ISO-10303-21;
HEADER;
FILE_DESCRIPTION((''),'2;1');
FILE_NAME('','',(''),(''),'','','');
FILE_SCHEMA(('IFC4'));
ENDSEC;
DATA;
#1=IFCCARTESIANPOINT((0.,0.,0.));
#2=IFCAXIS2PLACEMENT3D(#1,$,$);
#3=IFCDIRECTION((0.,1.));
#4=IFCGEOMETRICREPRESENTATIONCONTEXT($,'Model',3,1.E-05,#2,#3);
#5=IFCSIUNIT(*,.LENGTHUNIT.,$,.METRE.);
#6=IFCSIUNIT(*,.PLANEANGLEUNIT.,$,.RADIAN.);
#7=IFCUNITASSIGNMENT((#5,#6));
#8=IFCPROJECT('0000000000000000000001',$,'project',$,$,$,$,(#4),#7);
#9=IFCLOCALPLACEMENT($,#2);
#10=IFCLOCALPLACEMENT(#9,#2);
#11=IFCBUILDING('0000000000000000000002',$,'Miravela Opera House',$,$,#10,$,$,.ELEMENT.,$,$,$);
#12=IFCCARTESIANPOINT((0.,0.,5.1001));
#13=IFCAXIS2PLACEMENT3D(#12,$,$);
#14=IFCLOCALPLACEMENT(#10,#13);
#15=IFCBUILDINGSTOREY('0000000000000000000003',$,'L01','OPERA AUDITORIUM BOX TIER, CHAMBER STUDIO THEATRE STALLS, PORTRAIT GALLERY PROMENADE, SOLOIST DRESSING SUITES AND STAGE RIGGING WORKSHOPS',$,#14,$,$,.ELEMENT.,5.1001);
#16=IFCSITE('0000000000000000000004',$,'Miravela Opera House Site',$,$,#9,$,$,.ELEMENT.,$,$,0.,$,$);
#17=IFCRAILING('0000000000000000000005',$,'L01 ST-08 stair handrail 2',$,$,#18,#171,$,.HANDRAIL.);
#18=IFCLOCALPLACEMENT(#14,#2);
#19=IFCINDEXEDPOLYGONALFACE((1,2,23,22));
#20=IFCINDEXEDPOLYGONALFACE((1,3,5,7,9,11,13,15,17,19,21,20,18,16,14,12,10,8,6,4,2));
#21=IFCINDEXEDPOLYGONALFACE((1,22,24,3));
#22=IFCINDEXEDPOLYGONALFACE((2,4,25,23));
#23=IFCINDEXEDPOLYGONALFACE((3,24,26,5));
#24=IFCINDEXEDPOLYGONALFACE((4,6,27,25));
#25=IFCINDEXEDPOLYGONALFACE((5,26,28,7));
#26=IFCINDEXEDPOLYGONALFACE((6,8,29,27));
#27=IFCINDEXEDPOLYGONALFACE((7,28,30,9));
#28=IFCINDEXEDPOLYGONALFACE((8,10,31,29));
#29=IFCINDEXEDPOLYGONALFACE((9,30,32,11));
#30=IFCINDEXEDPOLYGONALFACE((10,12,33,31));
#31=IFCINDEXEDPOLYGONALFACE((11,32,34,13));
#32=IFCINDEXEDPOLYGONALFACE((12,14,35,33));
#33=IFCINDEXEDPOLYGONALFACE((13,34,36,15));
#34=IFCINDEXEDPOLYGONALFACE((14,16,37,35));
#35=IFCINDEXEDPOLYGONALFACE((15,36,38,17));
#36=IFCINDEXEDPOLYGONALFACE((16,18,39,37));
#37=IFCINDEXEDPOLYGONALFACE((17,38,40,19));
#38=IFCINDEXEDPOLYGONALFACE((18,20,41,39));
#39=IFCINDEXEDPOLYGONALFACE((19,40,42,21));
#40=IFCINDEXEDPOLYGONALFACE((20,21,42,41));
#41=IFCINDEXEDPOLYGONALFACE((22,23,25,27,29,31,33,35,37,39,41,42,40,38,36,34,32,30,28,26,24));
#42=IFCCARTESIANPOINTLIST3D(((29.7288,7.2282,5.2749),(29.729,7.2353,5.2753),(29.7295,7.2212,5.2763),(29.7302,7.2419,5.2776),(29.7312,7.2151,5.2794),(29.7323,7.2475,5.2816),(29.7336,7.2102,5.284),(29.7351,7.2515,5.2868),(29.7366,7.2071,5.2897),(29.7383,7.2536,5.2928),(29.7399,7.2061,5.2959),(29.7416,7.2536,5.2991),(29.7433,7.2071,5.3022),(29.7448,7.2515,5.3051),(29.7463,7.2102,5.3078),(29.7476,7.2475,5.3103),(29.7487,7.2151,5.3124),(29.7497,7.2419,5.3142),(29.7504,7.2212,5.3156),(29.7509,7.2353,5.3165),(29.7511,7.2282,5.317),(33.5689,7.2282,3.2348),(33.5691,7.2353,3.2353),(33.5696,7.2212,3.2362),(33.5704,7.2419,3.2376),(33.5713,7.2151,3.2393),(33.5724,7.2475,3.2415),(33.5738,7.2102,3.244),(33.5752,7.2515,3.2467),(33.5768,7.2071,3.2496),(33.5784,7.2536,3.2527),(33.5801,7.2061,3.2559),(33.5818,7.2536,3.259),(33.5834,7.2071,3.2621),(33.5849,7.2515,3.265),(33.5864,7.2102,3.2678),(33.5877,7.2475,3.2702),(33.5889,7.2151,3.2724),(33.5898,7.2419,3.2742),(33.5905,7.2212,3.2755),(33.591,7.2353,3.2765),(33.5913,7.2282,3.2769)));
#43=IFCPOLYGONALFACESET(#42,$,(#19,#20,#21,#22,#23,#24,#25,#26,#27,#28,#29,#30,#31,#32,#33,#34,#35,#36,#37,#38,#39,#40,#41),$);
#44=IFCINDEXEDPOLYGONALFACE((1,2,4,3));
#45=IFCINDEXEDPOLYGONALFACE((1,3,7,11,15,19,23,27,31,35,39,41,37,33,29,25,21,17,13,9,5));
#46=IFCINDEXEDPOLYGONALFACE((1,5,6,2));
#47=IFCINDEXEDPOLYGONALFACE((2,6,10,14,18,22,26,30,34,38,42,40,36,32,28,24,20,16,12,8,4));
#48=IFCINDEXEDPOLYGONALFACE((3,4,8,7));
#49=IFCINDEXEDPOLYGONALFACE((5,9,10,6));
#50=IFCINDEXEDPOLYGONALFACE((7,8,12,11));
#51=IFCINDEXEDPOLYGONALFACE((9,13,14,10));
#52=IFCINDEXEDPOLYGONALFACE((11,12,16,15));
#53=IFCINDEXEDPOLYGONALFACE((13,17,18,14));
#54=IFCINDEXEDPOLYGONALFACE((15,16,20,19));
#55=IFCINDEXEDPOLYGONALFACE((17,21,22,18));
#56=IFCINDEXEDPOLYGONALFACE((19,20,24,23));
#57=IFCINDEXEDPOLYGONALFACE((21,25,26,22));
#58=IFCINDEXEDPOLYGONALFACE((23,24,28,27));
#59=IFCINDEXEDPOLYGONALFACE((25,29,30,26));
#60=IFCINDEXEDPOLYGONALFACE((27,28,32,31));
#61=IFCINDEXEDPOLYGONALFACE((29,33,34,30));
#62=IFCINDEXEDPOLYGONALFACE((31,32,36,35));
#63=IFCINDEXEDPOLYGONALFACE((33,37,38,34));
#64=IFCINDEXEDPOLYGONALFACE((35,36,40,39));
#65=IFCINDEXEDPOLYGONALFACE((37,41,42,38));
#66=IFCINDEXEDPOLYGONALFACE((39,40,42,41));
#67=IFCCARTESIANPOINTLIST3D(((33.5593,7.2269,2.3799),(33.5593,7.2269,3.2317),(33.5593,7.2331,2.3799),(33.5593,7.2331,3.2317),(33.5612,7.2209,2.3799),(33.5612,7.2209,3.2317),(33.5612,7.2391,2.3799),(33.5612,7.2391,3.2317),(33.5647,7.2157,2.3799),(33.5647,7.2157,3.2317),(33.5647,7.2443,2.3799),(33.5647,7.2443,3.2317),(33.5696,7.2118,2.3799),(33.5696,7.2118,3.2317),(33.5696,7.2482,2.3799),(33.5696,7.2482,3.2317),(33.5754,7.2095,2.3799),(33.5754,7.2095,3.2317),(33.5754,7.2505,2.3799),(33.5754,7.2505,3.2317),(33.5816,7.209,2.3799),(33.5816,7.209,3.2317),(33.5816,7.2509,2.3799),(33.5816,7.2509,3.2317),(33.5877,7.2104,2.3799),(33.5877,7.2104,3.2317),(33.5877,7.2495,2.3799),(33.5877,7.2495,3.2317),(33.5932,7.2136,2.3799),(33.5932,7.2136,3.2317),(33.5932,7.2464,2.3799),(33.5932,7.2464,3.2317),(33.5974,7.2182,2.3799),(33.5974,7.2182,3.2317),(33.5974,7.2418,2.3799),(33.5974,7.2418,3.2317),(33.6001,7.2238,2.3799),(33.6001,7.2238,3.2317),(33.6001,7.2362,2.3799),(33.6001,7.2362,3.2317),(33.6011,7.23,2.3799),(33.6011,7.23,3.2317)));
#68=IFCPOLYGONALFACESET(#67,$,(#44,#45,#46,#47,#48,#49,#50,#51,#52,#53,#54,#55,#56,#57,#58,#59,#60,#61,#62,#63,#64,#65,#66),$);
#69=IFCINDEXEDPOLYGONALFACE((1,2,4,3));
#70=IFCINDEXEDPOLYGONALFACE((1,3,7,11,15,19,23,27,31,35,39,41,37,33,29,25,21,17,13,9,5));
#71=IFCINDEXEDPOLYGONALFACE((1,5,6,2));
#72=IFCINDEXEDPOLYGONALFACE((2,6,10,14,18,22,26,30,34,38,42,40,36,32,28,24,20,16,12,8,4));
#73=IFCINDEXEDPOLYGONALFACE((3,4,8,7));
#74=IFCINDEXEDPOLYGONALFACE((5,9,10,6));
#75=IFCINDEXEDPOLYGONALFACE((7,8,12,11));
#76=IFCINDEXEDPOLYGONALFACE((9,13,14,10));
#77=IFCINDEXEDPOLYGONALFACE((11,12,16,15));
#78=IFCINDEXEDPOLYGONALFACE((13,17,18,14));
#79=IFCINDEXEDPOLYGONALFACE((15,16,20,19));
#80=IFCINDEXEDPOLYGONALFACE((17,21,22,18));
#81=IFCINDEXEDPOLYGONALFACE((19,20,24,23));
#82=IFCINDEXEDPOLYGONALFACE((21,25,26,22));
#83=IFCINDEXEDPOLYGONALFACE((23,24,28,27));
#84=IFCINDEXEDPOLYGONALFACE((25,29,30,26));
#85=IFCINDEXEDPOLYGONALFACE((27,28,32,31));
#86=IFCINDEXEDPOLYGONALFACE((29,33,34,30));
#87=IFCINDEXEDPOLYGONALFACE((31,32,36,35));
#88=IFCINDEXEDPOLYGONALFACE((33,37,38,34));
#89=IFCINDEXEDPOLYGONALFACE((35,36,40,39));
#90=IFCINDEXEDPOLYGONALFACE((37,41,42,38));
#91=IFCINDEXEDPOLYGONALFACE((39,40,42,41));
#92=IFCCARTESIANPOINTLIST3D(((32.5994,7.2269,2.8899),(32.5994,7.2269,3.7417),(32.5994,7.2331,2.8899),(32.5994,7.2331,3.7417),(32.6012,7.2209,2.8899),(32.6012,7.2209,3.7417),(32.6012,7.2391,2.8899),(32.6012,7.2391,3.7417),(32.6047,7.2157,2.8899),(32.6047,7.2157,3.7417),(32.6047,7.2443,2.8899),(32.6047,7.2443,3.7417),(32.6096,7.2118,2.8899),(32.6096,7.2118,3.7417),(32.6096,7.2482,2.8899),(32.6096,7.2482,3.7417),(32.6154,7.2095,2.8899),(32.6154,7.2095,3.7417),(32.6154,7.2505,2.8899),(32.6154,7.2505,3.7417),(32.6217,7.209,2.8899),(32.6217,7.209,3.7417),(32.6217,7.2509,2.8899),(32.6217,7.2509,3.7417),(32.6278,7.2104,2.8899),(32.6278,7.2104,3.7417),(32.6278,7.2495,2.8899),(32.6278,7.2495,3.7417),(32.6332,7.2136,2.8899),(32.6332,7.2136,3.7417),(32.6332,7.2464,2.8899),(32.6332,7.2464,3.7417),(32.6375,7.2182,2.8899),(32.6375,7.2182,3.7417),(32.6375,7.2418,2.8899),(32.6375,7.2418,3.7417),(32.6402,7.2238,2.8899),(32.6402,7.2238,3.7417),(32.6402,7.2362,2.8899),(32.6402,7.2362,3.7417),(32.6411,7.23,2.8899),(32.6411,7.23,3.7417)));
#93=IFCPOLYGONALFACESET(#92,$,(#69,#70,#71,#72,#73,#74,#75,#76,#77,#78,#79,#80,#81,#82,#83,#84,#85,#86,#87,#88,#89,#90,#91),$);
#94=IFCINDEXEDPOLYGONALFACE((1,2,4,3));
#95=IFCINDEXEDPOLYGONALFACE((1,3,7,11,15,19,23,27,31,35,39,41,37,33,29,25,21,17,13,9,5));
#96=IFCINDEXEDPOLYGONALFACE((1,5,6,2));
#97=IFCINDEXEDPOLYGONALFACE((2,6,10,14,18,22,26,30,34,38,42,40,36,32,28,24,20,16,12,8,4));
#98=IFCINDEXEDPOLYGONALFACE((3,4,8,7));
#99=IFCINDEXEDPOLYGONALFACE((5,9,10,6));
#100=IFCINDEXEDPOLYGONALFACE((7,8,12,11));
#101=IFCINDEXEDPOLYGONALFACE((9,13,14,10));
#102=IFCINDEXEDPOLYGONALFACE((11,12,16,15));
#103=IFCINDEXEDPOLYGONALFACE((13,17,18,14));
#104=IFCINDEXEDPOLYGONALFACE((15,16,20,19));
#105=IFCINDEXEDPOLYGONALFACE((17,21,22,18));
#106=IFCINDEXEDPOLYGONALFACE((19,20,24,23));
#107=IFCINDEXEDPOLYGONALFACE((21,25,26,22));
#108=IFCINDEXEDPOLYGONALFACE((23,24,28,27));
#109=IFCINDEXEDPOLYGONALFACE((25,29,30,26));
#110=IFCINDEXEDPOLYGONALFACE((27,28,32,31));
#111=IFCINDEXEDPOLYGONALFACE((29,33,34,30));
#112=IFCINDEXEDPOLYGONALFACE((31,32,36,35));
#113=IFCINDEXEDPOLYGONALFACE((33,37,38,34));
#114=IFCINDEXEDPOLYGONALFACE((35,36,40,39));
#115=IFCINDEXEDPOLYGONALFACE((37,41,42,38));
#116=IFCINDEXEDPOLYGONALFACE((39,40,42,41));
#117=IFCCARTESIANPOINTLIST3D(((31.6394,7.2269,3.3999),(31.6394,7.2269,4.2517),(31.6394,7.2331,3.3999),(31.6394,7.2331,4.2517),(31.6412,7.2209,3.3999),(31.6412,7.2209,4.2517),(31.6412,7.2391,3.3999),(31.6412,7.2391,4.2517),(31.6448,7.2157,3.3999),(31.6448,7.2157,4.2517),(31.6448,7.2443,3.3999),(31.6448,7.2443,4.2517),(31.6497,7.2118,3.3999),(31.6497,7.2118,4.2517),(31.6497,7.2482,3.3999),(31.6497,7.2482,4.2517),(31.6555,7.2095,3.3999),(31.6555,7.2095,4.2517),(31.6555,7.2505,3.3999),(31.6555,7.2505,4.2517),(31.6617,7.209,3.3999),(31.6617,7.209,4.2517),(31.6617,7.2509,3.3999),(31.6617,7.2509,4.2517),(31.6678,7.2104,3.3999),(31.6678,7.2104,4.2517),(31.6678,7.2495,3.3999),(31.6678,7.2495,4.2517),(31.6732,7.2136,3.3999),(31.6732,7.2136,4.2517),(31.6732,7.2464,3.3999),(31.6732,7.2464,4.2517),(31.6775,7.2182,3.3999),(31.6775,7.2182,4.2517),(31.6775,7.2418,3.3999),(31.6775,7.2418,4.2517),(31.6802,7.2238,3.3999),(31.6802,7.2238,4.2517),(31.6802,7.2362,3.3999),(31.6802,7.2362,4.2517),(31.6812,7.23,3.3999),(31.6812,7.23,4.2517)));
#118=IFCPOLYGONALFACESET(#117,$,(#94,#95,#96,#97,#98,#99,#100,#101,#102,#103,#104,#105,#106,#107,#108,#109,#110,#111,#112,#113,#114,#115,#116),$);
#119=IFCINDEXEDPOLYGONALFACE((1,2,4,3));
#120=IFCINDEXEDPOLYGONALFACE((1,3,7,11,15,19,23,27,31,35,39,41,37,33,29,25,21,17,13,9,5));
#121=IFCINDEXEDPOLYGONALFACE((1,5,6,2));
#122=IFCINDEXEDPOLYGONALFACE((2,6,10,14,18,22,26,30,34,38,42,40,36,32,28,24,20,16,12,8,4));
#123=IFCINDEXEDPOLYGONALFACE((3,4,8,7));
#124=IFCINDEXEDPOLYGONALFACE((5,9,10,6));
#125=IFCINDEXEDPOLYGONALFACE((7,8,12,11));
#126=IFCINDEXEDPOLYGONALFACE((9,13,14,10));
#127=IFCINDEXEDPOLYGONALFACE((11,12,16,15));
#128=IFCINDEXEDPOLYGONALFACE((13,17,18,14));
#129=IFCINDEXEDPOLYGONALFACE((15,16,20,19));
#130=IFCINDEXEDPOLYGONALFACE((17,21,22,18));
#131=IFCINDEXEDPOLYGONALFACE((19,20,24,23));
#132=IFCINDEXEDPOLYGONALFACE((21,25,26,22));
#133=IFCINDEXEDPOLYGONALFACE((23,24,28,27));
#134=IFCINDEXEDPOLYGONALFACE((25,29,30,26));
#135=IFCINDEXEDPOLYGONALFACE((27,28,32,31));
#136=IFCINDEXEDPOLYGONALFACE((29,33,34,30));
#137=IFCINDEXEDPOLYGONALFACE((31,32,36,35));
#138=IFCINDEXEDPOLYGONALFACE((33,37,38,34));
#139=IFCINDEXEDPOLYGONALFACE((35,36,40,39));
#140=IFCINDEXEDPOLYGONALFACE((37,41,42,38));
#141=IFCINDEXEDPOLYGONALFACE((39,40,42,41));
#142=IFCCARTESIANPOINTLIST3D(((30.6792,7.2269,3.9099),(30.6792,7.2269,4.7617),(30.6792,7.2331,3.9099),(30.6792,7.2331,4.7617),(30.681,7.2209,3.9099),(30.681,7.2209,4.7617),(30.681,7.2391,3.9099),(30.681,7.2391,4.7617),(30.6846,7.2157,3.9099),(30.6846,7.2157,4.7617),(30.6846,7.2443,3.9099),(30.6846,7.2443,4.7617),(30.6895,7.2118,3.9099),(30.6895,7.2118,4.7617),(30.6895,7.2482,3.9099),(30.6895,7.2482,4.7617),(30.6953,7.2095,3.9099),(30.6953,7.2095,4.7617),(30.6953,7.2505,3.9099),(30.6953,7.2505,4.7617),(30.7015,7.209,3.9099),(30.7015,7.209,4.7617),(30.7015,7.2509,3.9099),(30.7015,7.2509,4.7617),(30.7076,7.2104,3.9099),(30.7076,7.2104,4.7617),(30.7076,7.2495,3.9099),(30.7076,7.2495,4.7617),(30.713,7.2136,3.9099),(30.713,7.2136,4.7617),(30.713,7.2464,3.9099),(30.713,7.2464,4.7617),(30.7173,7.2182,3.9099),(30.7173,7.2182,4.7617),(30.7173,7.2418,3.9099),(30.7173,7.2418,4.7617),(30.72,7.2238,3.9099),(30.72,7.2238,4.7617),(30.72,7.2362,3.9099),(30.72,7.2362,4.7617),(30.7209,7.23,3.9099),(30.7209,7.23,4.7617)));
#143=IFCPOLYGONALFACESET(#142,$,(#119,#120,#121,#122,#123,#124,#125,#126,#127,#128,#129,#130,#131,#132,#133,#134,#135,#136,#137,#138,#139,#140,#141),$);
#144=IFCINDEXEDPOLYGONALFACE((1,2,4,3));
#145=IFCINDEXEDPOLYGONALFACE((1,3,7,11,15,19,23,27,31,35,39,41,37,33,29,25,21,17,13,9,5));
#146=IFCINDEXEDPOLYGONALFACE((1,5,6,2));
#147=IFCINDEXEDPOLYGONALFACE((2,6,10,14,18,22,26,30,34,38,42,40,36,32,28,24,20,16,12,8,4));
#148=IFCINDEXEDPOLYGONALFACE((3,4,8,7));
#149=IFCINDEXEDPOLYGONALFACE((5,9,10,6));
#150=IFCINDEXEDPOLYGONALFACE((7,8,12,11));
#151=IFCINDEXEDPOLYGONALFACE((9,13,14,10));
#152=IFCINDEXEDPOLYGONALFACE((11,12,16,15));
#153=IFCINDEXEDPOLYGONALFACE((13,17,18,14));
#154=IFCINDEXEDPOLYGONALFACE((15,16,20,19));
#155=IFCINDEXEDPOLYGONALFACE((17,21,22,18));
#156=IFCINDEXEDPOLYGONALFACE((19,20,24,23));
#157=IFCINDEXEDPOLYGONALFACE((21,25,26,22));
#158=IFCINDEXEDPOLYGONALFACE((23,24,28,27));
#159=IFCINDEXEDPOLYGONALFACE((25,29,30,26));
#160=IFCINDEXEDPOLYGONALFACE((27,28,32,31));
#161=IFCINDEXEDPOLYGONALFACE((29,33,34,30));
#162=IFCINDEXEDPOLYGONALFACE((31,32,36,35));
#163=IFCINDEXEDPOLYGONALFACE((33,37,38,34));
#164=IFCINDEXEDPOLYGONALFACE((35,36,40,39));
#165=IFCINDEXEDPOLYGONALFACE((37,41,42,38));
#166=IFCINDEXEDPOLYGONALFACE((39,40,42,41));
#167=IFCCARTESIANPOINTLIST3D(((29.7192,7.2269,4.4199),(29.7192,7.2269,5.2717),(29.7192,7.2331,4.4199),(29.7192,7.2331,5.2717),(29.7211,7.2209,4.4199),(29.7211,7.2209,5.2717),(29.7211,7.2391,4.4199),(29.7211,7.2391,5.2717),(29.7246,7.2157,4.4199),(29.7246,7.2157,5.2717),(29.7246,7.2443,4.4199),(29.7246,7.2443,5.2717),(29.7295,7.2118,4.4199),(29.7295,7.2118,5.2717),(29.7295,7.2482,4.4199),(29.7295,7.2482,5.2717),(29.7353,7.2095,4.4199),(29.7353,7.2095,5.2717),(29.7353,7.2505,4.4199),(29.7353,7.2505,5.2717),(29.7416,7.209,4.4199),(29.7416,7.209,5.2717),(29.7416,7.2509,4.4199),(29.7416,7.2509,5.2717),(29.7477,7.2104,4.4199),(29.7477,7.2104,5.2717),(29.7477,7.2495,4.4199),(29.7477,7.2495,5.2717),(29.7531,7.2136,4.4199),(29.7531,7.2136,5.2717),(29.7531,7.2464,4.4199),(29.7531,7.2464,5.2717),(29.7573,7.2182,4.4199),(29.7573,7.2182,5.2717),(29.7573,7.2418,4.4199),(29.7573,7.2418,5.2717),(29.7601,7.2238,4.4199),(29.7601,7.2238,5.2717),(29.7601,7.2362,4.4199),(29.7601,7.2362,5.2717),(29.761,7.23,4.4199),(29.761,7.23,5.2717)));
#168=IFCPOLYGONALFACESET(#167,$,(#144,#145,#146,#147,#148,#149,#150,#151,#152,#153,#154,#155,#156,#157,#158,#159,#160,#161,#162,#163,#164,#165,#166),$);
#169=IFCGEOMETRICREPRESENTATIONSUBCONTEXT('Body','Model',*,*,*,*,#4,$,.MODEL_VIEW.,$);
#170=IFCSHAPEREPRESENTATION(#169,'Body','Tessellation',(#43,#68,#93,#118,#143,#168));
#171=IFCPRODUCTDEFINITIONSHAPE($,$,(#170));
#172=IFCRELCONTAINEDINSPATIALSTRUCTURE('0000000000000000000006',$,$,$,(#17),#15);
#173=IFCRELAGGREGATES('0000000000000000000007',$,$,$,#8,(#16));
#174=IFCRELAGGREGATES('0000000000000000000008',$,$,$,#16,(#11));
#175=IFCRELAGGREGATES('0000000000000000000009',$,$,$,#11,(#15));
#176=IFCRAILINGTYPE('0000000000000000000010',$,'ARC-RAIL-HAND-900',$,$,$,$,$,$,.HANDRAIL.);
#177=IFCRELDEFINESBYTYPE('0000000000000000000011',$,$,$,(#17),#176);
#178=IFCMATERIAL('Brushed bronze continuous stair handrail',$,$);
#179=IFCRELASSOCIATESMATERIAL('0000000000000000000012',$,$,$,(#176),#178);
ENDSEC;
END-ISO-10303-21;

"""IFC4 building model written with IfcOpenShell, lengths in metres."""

from ifc_helpers import new_model, si_unit, direction, frame, origin, origin_2d, place, context, subcontext, project, spatial, circle, extrude, material, type_object, element, save


model = new_model("IFC4")

# Units and contexts
model_context = context("Model", 3, precision=1e-05, world=origin(), true_north=direction((0.0, 1.0)))
body_context = subcontext(model_context, "Body", "Model", "MODEL_VIEW")
ifc_project = project(units=[si_unit("LENGTHUNIT", "METRE"), si_unit("PLANEANGLEUNIT", "RADIAN")], contexts=[model_context])

# Site, building, storey
site_placement = place(None, origin())
site = spatial("IfcSite", under=ifc_project, at=site_placement, Name="Miravela Opera House Site", CompositionType="ELEMENT", RefElevation=0.0)
building_placement = place(site_placement, origin())
building = spatial("IfcBuilding", under=site, at=building_placement, Name="Miravela Opera House", CompositionType="ELEMENT")
storey_placement = place(building_placement, frame((0.0, 0.0, 5.1001)))
storey = spatial("IfcBuildingStorey", under=building, at=storey_placement, Name="L01", Description="OPERA AUDITORIUM BOX TIER, CHAMBER STUDIO THEATRE STALLS, PORTRAIT GALLERY PROMENADE, SOLOIST DRESSING SUITES AND STAGE RIGGING WORKSHOPS", CompositionType="ELEMENT", Elevation=5.1001)

# Railing
ifc_material_1 = material(Name="Brushed bronze continuous stair handrail")
railing_type_1 = type_object("IfcRailingType", Name="ARC-RAIL-HAND-900", PredefinedType="HANDRAIL", material=ifc_material_1)
railing_1_placement = place(storey_placement, frame((33.5801, 7.23, 2.3799)))
element("IfcRailing", 1, at=railing_1_placement, inside=storey, type_object=railing_type_1, Name="L01 ST-08 stair handrail 2", PredefinedType="HANDRAIL", context=body_context, shape_type="SweptSolid", body=[
    extrude(circle(Radius=0.0239, at=origin_2d()), frame((0.0, 0.0, 0.876), z_axis=(-0.883116, 0.0, 0.469154), x_axis=(0.0, -1.0, 0.0)), (0.0, 0.0, 1.0), 4.3484),
    extrude(circle(Radius=0.021, at=origin_2d()), origin(), (0.0, 0.0, 1.0), 0.8518),
    extrude(circle(Radius=0.021, at=origin_2d()), frame((-0.96, 0.0, 0.51)), (0.0, 0.0, 1.0), 0.8518),
    extrude(circle(Radius=0.021, at=origin_2d()), frame((-1.9199, 0.0, 1.02)), (0.0, 0.0, 1.0), 0.8518),
    extrude(circle(Radius=0.021, at=origin_2d()), frame((-2.8801, 0.0, 1.53)), (0.0, 0.0, 1.0), 0.8518),
    extrude(circle(Radius=0.021, at=origin_2d()), frame((-3.8401, 0.0, 2.04)), (0.0, 0.0, 1.0), 0.8518),
])

save(model, "model.ifc")
